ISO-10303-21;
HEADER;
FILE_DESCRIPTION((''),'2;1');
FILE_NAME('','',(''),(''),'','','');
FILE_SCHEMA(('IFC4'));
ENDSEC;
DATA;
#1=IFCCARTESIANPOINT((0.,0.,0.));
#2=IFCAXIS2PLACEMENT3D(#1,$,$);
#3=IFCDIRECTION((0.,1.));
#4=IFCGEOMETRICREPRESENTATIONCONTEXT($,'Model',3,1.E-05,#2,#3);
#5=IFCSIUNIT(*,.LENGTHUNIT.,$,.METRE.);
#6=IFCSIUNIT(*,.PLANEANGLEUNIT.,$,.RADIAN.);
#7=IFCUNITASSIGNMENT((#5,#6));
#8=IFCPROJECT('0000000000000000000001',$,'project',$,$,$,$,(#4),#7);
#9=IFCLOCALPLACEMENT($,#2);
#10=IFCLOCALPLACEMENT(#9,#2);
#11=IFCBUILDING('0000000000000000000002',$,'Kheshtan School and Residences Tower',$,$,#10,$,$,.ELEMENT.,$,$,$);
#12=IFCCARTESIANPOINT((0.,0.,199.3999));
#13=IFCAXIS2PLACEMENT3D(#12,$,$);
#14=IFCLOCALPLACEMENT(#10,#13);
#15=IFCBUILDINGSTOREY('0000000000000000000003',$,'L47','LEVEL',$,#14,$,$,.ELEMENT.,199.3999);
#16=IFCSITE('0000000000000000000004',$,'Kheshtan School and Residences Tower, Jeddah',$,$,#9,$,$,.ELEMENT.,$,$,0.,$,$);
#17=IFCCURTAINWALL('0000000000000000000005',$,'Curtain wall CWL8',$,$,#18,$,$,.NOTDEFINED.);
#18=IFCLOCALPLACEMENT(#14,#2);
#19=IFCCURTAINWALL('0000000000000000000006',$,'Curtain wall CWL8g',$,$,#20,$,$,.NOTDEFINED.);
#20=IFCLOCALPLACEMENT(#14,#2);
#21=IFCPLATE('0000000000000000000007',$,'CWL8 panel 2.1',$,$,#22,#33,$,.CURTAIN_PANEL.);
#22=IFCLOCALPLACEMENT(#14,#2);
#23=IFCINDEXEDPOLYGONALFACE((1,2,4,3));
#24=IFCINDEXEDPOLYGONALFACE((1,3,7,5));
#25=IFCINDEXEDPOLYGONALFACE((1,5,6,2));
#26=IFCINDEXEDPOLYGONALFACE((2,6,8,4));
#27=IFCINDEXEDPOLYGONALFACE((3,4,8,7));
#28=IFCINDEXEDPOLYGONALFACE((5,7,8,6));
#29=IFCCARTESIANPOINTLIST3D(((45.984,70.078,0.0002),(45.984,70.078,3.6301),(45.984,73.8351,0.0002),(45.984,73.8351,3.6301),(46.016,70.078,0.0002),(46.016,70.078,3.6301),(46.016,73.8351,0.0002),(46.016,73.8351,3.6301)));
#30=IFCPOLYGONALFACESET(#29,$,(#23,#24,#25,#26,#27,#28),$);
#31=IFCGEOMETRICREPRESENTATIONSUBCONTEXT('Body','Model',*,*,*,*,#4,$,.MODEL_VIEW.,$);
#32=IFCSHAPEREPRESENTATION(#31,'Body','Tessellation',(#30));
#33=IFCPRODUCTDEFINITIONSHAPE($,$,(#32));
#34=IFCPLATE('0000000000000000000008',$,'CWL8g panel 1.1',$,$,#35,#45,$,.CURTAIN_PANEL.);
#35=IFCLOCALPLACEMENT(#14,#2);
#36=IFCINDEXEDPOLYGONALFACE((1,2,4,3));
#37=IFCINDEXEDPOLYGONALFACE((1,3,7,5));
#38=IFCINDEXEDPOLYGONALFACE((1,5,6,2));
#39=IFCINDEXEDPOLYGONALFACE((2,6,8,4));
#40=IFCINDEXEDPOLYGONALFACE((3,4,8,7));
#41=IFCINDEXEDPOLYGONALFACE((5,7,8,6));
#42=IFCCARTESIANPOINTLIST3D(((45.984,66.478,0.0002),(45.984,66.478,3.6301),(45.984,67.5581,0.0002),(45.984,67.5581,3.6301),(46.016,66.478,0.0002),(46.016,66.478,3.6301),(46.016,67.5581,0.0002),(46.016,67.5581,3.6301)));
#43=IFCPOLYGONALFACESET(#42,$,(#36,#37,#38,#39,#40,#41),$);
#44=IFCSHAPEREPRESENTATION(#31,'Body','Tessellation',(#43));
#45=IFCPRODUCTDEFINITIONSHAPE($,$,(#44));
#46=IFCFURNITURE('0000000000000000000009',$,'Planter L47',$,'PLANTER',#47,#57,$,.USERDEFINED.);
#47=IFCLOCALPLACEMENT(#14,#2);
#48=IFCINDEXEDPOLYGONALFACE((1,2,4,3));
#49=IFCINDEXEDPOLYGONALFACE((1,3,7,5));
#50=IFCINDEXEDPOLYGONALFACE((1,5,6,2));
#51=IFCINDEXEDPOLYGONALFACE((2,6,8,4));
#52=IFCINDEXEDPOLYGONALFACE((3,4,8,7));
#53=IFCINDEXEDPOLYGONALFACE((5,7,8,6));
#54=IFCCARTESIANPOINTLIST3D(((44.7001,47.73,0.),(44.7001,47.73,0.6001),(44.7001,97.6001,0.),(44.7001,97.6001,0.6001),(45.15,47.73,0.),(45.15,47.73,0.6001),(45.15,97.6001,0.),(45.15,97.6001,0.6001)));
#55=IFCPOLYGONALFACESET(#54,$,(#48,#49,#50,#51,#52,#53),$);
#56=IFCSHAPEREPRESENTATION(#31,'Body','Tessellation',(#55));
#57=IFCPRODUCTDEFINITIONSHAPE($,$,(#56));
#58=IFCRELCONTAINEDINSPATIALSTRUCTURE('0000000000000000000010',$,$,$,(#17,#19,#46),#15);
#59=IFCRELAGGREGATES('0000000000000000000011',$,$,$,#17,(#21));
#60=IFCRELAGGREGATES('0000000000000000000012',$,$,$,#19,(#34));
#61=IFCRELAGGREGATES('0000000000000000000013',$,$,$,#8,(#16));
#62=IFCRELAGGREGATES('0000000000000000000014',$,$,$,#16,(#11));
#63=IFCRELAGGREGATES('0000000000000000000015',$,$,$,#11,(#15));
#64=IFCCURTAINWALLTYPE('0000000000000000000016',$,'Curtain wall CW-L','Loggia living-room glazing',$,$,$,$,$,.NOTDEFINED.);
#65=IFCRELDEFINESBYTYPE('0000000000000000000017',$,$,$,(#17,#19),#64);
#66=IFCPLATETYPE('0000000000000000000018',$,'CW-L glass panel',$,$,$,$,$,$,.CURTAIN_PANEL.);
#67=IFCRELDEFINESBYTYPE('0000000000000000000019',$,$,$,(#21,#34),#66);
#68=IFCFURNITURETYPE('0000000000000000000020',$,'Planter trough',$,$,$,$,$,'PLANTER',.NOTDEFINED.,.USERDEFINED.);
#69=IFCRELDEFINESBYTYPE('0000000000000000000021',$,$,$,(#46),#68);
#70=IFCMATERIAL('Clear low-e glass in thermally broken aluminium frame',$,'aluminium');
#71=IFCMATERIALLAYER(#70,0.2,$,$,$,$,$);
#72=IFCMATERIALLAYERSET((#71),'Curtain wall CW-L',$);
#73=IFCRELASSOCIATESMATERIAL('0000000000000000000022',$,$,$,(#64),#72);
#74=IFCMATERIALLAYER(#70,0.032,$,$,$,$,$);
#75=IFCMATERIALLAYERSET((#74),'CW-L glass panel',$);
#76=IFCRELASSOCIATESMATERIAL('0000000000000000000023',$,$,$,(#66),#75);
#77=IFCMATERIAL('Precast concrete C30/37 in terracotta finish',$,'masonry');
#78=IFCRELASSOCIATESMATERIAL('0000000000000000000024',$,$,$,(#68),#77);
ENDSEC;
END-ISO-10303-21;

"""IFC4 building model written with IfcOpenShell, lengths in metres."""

from ifc_helpers import new_model, si_unit, direction, frame, origin, origin_2d, place, context, subcontext, project, spatial, rectangle, extrude, material, layer, layer_set, type_object, element, aggregate, save


model = new_model("IFC4")

# Units and contexts
model_context = context("Model", 3, precision=1e-05, world=origin(), true_north=direction((0.0, 1.0)))
body_context = subcontext(model_context, "Body", "Model", "MODEL_VIEW")
ifc_project = project(units=[si_unit("LENGTHUNIT", "METRE"), si_unit("PLANEANGLEUNIT", "RADIAN")], contexts=[model_context])

# Site, building, storey
site_placement = place(None, origin())
site = spatial("IfcSite", under=ifc_project, at=site_placement, Name="Kheshtan School and Residences Tower, Jeddah", CompositionType="ELEMENT", RefElevation=0.0)
building_placement = place(site_placement, origin())
building = spatial("IfcBuilding", under=site, at=building_placement, Name="Kheshtan School and Residences Tower", CompositionType="ELEMENT")
storey_placement = place(building_placement, frame((0.0, 0.0, 199.3999)))
storey = spatial("IfcBuildingStorey", under=building, at=storey_placement, Name="L47", Description="LEVEL", CompositionType="ELEMENT", Elevation=199.3999)

# Shared definitions
ifc_material_1 = material(Name="Clear low-e glass in thermally broken aluminium frame", Category="aluminium")
ifc_layer_1 = layer(ifc_material_1, 0.2)
ifc_layer_set_1 = layer_set([ifc_layer_1], Name="Curtain wall CW-L")
curtain_wall_type = type_object("IfcCurtainWallType", Name="Curtain wall CW-L", Description="Loggia living-room glazing", PredefinedType="NOTDEFINED", material=ifc_layer_set_1)

# Curtain walls
curtain_wall_1_placement = place(storey_placement, origin())
curtain_wall_1 = element("IfcCurtainWall", 1, at=curtain_wall_1_placement, inside=storey, type_object=curtain_wall_type, Name="Curtain wall CWL8", PredefinedType="NOTDEFINED")
curtain_wall_2_placement = place(storey_placement, origin())
curtain_wall_2 = element("IfcCurtainWall", 2, at=curtain_wall_2_placement, inside=storey, type_object=curtain_wall_type, Name="Curtain wall CWL8g", PredefinedType="NOTDEFINED")

# Plates
ifc_layer_2 = layer(ifc_material_1, 0.032)
ifc_layer_set_2 = layer_set([ifc_layer_2], Name="CW-L glass panel")
plate_type = type_object("IfcPlateType", Name="CW-L glass panel", PredefinedType="CURTAIN_PANEL", material=ifc_layer_set_2)
plate_1_placement = place(storey_placement, frame((46.0, 71.9565, 0.0002), z_axis=(0.0, 0.0, 1.0), x_axis=(0.0, -1.0, 0.0)))
plate_1 = element("IfcPlate", 3, at=plate_1_placement, type_object=plate_type, Name="CWL8 panel 2.1", PredefinedType="CURTAIN_PANEL", context=body_context, shape_type="SweptSolid", body=[
    extrude(rectangle(XDim=3.7571, YDim=0.032, at=origin_2d()), origin(), (0.0, 0.0, 1.0), 3.6299),
])
aggregate(curtain_wall_1, [plate_1])
plate_2_placement = place(storey_placement, frame((46.0, 67.0181, 0.0002), z_axis=(0.0, 0.0, 1.0), x_axis=(0.0, -1.0, 0.0)))
plate_2 = element("IfcPlate", 4, at=plate_2_placement, type_object=plate_type, Name="CWL8g panel 1.1", PredefinedType="CURTAIN_PANEL", context=body_context, shape_type="SweptSolid", body=[
    extrude(rectangle(XDim=1.0801, YDim=0.032, at=origin_2d()), origin(), (0.0, 0.0, 1.0), 3.6299),
])
aggregate(curtain_wall_2, [plate_2])

# Furniture
ifc_material_2 = material(Name="Precast concrete C30/37 in terracotta finish", Category="masonry")
furniture_type = type_object("IfcFurnitureType", Name="Planter trough", ElementType="PLANTER", AssemblyPlace="NOTDEFINED", PredefinedType="USERDEFINED", material=ifc_material_2)
furniture_placement = place(storey_placement, frame((44.925, 72.665, 0.0), z_axis=(0.0, 0.0, 1.0), x_axis=(0.0, -1.0, 0.0)))
element("IfcFurniture", 5, at=furniture_placement, inside=storey, type_object=furniture_type, Name="Planter L47", ObjectType="PLANTER", PredefinedType="USERDEFINED", context=body_context, shape_type="SweptSolid", body=[
    extrude(rectangle(XDim=49.8701, YDim=0.45, at=origin_2d()), origin(), (0.0, 0.0, 1.0), 0.6001),
])

save(model, "model.ifc")
